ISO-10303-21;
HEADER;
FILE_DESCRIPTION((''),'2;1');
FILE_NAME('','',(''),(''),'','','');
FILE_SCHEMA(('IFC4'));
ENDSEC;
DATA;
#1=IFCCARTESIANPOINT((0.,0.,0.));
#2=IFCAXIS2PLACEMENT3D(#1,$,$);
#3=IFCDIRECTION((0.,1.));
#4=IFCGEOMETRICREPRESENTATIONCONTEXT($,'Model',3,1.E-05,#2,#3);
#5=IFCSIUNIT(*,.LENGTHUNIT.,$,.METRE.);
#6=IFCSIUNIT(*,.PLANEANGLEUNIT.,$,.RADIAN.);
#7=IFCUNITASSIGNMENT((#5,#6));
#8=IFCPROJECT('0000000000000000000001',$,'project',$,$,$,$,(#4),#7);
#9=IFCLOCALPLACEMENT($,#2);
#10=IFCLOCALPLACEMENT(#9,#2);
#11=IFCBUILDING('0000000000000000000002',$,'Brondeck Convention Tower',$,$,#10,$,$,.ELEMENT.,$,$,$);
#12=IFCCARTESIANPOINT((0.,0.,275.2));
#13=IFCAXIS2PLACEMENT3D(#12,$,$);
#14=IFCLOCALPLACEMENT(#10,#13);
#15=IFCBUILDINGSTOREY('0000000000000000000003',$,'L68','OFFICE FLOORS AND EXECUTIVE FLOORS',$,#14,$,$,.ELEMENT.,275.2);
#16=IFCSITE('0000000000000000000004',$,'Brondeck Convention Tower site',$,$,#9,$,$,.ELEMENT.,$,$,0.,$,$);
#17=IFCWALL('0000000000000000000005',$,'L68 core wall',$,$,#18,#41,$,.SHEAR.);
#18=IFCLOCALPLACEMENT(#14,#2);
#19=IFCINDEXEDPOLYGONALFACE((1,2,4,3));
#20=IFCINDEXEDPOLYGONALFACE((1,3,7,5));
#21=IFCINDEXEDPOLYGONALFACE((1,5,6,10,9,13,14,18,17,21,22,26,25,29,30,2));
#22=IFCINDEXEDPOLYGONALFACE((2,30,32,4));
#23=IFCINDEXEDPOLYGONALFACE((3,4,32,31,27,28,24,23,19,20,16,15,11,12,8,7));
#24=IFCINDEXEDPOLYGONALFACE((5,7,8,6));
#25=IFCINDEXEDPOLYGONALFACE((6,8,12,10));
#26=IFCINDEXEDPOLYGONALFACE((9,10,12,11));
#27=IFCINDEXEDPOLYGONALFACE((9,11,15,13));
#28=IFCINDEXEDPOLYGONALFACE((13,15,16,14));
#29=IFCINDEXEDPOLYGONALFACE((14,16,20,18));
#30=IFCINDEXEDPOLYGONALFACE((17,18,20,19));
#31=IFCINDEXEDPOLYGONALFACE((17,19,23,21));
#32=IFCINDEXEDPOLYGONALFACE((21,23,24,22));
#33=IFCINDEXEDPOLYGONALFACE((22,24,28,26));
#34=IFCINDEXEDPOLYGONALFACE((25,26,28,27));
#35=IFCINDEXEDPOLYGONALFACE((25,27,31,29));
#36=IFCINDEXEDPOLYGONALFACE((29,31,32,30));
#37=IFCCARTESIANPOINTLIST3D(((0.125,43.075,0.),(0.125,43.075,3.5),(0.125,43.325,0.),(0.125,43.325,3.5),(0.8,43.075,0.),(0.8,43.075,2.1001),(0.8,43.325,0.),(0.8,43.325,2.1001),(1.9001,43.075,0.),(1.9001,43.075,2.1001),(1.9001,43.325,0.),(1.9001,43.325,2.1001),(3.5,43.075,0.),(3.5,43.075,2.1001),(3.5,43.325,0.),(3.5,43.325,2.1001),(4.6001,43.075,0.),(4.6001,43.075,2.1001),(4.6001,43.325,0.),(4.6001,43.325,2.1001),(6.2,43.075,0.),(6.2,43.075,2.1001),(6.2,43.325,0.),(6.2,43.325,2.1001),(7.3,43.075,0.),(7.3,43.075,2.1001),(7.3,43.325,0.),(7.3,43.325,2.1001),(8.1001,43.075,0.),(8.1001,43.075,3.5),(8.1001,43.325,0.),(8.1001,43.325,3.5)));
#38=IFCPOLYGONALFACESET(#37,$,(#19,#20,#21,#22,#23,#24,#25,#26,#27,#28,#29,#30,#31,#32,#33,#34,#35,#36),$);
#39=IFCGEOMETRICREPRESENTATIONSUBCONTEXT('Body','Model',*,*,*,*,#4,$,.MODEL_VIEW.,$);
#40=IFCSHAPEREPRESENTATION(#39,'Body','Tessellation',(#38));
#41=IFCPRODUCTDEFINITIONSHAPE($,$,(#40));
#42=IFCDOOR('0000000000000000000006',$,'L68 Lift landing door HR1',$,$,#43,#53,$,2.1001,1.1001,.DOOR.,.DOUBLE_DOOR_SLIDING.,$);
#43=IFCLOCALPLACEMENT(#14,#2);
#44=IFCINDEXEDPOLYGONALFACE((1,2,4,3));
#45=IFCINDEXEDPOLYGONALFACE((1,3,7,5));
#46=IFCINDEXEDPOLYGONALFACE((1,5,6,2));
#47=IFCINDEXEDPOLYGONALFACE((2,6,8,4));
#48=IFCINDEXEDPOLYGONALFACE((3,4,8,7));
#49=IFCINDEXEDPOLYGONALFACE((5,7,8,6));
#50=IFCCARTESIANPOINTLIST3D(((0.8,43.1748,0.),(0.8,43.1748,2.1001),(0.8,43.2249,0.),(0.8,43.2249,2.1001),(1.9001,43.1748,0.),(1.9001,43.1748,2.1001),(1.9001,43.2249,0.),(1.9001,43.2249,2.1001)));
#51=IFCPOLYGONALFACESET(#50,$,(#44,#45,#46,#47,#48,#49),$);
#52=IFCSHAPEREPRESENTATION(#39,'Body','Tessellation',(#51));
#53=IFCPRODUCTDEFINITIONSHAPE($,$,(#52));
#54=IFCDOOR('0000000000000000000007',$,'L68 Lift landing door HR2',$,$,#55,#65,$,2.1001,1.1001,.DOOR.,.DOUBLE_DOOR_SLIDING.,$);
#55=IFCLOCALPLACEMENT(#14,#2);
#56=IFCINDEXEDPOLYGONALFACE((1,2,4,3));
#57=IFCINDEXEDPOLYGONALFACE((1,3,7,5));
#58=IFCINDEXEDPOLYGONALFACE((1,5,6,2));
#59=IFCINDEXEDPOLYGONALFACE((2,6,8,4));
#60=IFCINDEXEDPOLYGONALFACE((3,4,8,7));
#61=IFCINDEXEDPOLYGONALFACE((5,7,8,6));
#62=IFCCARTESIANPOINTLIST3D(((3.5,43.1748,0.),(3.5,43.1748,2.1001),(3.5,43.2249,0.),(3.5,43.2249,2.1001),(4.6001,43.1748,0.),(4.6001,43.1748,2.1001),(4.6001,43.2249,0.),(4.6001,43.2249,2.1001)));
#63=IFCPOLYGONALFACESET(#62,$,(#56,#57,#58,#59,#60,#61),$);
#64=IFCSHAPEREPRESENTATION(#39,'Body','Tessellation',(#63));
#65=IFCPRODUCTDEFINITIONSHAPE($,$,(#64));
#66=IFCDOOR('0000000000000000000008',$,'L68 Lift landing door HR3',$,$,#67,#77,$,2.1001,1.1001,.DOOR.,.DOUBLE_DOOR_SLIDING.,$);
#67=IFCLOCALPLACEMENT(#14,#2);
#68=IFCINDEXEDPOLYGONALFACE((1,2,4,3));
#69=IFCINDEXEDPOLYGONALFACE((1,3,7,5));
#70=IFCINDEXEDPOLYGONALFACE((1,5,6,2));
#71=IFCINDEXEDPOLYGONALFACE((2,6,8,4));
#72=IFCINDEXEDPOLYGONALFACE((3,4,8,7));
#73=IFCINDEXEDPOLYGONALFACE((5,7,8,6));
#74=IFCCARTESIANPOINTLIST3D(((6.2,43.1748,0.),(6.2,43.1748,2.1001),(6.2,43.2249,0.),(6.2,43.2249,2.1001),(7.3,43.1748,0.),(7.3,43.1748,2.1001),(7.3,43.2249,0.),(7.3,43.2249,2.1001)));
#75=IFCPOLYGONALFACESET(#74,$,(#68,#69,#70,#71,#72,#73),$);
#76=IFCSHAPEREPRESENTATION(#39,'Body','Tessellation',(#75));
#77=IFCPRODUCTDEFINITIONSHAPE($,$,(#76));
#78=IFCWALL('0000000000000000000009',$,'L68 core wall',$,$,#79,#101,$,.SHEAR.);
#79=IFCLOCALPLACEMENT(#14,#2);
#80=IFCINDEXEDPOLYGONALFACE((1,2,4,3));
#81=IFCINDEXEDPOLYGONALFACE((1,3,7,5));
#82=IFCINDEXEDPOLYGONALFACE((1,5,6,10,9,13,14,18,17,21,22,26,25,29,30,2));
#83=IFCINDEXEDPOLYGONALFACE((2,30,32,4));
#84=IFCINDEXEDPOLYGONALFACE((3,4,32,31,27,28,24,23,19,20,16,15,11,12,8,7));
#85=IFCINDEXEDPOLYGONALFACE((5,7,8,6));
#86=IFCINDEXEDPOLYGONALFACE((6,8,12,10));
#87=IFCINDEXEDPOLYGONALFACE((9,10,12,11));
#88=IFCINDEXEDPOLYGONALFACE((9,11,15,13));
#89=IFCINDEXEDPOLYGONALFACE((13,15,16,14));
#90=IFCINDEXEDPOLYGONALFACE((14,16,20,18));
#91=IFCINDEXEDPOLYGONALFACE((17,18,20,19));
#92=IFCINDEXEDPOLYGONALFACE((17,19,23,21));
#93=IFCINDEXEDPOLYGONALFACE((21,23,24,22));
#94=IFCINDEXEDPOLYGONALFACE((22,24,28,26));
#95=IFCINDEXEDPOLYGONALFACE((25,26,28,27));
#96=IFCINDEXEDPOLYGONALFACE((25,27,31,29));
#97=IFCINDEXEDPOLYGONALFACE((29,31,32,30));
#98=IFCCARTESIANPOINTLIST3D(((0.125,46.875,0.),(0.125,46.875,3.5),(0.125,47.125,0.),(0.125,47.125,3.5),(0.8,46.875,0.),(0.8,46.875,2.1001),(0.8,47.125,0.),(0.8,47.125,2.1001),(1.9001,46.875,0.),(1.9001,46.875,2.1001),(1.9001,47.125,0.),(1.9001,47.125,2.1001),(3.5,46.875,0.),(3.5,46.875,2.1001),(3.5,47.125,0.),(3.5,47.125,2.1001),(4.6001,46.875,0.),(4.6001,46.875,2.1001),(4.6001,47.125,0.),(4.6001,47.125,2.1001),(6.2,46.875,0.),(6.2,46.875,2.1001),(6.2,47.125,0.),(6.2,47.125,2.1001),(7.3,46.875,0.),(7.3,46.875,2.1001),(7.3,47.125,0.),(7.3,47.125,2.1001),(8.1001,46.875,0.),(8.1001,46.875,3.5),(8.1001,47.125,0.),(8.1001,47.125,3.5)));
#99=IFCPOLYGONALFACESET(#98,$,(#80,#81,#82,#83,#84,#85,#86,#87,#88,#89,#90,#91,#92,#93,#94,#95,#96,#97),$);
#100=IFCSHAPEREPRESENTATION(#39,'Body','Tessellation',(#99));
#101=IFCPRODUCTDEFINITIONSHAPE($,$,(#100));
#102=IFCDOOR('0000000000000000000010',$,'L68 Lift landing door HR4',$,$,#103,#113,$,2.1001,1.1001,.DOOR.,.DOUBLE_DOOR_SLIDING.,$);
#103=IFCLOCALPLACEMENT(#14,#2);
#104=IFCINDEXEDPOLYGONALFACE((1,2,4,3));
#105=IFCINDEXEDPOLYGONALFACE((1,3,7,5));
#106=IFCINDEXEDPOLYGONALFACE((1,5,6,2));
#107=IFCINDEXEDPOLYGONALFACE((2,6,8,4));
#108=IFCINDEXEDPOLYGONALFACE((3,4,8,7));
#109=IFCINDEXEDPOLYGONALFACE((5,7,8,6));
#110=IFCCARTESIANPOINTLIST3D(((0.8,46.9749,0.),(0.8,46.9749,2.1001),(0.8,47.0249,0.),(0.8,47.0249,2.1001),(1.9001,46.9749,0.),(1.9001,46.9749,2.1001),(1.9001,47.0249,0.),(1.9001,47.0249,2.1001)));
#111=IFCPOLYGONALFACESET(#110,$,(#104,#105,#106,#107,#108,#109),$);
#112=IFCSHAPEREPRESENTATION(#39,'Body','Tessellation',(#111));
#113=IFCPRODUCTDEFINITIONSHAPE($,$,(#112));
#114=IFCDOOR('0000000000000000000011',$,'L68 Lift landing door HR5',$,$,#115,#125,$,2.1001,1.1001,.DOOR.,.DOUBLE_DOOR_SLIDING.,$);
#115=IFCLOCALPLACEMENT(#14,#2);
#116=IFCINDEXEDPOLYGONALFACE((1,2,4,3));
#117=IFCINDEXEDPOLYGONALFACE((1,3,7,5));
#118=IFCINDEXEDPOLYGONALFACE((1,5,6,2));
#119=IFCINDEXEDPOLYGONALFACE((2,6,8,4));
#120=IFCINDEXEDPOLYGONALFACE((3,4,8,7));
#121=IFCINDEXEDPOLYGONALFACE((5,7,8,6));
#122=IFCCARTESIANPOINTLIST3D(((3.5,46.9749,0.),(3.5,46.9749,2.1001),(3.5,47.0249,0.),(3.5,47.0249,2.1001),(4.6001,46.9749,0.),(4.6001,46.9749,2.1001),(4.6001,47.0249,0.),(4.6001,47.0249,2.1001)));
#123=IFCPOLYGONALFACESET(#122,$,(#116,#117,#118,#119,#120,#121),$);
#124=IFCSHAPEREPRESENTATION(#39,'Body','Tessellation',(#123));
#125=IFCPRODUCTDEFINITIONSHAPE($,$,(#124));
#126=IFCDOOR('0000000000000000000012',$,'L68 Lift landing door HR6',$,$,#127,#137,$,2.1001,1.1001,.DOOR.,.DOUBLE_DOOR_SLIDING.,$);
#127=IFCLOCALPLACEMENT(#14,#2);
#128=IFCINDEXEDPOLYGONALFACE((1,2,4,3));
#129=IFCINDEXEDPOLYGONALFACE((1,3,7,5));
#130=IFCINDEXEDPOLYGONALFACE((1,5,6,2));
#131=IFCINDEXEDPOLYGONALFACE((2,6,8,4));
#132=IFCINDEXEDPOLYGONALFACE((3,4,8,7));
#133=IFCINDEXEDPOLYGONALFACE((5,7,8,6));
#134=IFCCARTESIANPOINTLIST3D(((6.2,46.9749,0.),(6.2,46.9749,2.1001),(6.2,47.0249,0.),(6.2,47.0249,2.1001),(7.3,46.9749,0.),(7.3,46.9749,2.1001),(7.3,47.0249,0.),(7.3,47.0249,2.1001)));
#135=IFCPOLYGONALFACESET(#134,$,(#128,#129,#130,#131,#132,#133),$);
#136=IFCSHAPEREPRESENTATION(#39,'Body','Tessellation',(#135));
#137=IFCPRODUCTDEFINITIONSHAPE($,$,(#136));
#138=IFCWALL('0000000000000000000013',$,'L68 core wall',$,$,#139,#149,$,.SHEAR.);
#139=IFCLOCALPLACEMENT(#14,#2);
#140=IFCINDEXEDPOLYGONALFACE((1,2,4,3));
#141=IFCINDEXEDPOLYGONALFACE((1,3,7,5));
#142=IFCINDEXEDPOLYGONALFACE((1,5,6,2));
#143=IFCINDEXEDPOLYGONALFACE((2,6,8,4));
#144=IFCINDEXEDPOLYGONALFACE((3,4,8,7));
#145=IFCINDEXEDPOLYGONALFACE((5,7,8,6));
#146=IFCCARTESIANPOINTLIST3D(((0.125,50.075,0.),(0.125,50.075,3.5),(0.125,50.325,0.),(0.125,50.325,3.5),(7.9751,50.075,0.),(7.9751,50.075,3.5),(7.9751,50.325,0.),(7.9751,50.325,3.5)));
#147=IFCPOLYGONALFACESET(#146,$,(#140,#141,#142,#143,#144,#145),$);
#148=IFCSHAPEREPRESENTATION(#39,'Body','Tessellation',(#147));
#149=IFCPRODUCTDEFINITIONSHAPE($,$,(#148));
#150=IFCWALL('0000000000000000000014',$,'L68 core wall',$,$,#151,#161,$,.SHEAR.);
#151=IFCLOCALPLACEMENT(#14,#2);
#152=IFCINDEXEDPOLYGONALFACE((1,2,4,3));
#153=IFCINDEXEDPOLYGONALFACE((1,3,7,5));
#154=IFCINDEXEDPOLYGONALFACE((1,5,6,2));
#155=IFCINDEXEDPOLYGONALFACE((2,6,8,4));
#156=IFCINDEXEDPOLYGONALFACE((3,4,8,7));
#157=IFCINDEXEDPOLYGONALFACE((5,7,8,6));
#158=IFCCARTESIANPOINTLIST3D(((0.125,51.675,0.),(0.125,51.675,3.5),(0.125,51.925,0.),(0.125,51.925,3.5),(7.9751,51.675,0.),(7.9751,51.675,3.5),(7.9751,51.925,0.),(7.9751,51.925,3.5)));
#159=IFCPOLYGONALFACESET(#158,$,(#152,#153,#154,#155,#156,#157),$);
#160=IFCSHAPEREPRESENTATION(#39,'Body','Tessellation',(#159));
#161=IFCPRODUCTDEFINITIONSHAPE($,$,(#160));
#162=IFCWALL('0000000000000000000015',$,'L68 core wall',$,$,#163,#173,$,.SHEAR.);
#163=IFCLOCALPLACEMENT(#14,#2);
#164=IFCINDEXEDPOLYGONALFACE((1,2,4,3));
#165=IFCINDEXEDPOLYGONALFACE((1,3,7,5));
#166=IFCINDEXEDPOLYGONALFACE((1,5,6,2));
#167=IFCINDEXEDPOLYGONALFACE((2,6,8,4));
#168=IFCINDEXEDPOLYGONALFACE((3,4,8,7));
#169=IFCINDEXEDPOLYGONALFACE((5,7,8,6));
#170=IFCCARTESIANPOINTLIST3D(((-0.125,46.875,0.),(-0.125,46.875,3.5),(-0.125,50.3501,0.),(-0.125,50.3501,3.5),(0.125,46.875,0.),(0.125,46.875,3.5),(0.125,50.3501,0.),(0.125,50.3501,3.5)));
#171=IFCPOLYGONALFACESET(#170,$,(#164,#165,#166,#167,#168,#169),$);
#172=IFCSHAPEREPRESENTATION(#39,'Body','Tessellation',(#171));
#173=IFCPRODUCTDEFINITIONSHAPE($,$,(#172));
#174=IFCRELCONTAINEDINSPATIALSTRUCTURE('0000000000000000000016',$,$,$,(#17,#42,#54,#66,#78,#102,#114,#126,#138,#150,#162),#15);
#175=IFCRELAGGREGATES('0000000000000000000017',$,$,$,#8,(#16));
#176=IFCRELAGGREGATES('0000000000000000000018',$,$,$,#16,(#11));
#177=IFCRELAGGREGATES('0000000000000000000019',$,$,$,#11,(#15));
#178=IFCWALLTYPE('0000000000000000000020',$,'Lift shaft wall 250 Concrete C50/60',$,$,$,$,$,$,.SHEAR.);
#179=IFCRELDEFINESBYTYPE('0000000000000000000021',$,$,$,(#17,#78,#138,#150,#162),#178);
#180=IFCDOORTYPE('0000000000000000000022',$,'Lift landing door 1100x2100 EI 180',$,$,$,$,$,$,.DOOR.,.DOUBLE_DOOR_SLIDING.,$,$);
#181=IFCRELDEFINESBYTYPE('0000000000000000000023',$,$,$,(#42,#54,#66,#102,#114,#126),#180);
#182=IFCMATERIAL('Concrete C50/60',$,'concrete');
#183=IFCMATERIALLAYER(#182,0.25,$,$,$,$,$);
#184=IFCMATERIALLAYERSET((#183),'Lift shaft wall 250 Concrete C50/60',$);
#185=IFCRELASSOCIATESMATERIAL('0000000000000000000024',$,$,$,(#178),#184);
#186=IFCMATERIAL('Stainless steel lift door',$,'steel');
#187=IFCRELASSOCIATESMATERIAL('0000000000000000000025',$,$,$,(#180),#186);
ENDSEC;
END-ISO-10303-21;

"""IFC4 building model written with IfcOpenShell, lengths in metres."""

from ifc_helpers import new_model, si_unit, direction, frame, frame_2d, origin, place, context, subcontext, project, spatial, rectangle, extrude, material, layer, layer_set, type_object, element, fill, save


model = new_model("IFC4")

# Units and contexts
model_context = context("Model", 3, precision=1e-05, world=origin(), true_north=direction((0.0, 1.0)))
body_context = subcontext(model_context, "Body", "Model", "MODEL_VIEW")
ifc_project = project(units=[si_unit("LENGTHUNIT", "METRE"), si_unit("PLANEANGLEUNIT", "RADIAN")], contexts=[model_context])

# Site, building, storey
site_placement = place(None, origin())
site = spatial("IfcSite", under=ifc_project, at=site_placement, Name="Brondeck Convention Tower site", CompositionType="ELEMENT", RefElevation=0.0)
building_placement = place(site_placement, origin())
building = spatial("IfcBuilding", under=site, at=building_placement, Name="Brondeck Convention Tower", CompositionType="ELEMENT")
storey_placement = place(building_placement, frame((0.0, 0.0, 275.2)))
storey = spatial("IfcBuildingStorey", under=building, at=storey_placement, Name="L68", Description="OFFICE FLOORS AND EXECUTIVE FLOORS", CompositionType="ELEMENT", Elevation=275.2)

# Shared definitions
ifc_material_1 = material(Name="Concrete C50/60", Category="concrete")

# Walls, openings, doors
ifc_layer_1 = layer(ifc_material_1, 0.25)
ifc_layer_set_1 = layer_set([ifc_layer_1], Name="Lift shaft wall 250 Concrete C50/60")
wall_type_1 = type_object("IfcWallType", Name="Lift shaft wall 250 Concrete C50/60", PredefinedType="SHEAR", material=ifc_layer_set_1)
wall_1_placement = place(storey_placement, frame((0.125, 43.2, 0.0), z_axis=(0.0, 0.0, 1.0), x_axis=(1.0, 0.0, 0.0)))
wall_1 = element("IfcWall", 1, at=wall_1_placement, inside=storey, type_object=wall_type_1, Name="L68 core wall", PredefinedType="SHEAR", context=body_context, shape_type="SweptSolid", body=[
    extrude(rectangle(XDim=7.9751, YDim=0.25, at=frame_2d((3.9875, 0.0))), origin(), (0.0, 0.0, 1.0), 3.5),
])
opening_1_placement = place(wall_1_placement, frame((0.675, 0.0, 0.0)))
opening_1 = element("IfcOpeningElement", 2, at=opening_1_placement, cuts=wall_1, PredefinedType="OPENING", context=body_context, shape_type="SweptSolid", body=[
    extrude(rectangle(XDim=1.1001, YDim=2.1001, at=frame_2d((0.55, 1.05))), frame((0.0, 0.135, 0.0), z_axis=(0.0, -1.0, 0.0), x_axis=(1.0, 0.0, 0.0)), (0.0, 0.0, 1.0), 0.27),
])
opening_2_placement = place(wall_1_placement, frame((3.375, 0.0, 0.0)))
opening_2 = element("IfcOpeningElement", 3, at=opening_2_placement, cuts=wall_1, PredefinedType="OPENING", context=body_context, shape_type="SweptSolid", body=[
    extrude(rectangle(XDim=1.1001, YDim=2.1001, at=frame_2d((0.55, 1.05))), frame((0.0, 0.135, 0.0), z_axis=(0.0, -1.0, 0.0), x_axis=(1.0, 0.0, 0.0)), (0.0, 0.0, 1.0), 0.27),
])
opening_3_placement = place(wall_1_placement, frame((6.075, 0.0, 0.0)))
opening_3 = element("IfcOpeningElement", 4, at=opening_3_placement, cuts=wall_1, PredefinedType="OPENING", context=body_context, shape_type="SweptSolid", body=[
    extrude(rectangle(XDim=1.1001, YDim=2.1001, at=frame_2d((0.55, 1.05))), frame((0.0, 0.135, 0.0), z_axis=(0.0, -1.0, 0.0), x_axis=(1.0, 0.0, 0.0)), (0.0, 0.0, 1.0), 0.27),
])
ifc_material_2 = material(Name="Stainless steel lift door", Category="steel")
door_type_1 = type_object("IfcDoorType", Name="Lift landing door 1100x2100 EI 180", OperationType="DOUBLE_DOOR_SLIDING", PredefinedType="DOOR", material=ifc_material_2)
door_1_placement = place(opening_1_placement, origin())
door_1 = element("IfcDoor", 5, at=door_1_placement, inside=storey, type_object=door_type_1, Name="L68 Lift landing door HR1", OperationType="DOUBLE_DOOR_SLIDING", OverallHeight=2.1001, OverallWidth=1.1001, PredefinedType="DOOR", context=body_context, shape_type="SweptSolid", body=[
    extrude(rectangle(XDim=1.1001, YDim=2.1001, at=frame_2d((0.55, 1.05))), frame((0.0, 0.0249, 0.0), z_axis=(0.0, -1.0, 0.0), x_axis=(1.0, 0.0, 0.0)), (0.0, 0.0, 1.0), 0.05),
])
fill(opening_1, door_1)
door_2_placement = place(opening_2_placement, origin())
door_2 = element("IfcDoor", 6, at=door_2_placement, inside=storey, type_object=door_type_1, Name="L68 Lift landing door HR2", OperationType="DOUBLE_DOOR_SLIDING", OverallHeight=2.1001, OverallWidth=1.1001, PredefinedType="DOOR", context=body_context, shape_type="SweptSolid", body=[
    extrude(rectangle(XDim=1.1001, YDim=2.1001, at=frame_2d((0.55, 1.05))), frame((0.0, 0.0249, 0.0), z_axis=(0.0, -1.0, 0.0), x_axis=(1.0, 0.0, 0.0)), (0.0, 0.0, 1.0), 0.05),
])
fill(opening_2, door_2)
door_3_placement = place(opening_3_placement, origin())
door_3 = element("IfcDoor", 7, at=door_3_placement, inside=storey, type_object=door_type_1, Name="L68 Lift landing door HR3", OperationType="DOUBLE_DOOR_SLIDING", OverallHeight=2.1001, OverallWidth=1.1001, PredefinedType="DOOR", context=body_context, shape_type="SweptSolid", body=[
    extrude(rectangle(XDim=1.1001, YDim=2.1001, at=frame_2d((0.55, 1.05))), frame((0.0, 0.0249, 0.0), z_axis=(0.0, -1.0, 0.0), x_axis=(1.0, 0.0, 0.0)), (0.0, 0.0, 1.0), 0.05),
])
fill(opening_3, door_3)
wall_2_placement = place(storey_placement, frame((0.125, 47.0, 0.0), z_axis=(0.0, 0.0, 1.0), x_axis=(1.0, 0.0, 0.0)))
wall_2 = element("IfcWall", 8, at=wall_2_placement, inside=storey, type_object=wall_type_1, Name="L68 core wall", PredefinedType="SHEAR", context=body_context, shape_type="SweptSolid", body=[
    extrude(rectangle(XDim=7.9751, YDim=0.25, at=frame_2d((3.9875, 0.0))), origin(), (0.0, 0.0, 1.0), 3.5),
])
opening_4_placement = place(wall_2_placement, frame((0.675, 0.0, 0.0)))
opening_4 = element("IfcOpeningElement", 9, at=opening_4_placement, cuts=wall_2, PredefinedType="OPENING", context=body_context, shape_type="SweptSolid", body=[
    extrude(rectangle(XDim=1.1001, YDim=2.1001, at=frame_2d((0.55, 1.05))), frame((0.0, 0.135, 0.0), z_axis=(0.0, -1.0, 0.0), x_axis=(1.0, 0.0, 0.0)), (0.0, 0.0, 1.0), 0.27),
])
opening_5_placement = place(wall_2_placement, frame((3.375, 0.0, 0.0)))
opening_5 = element("IfcOpeningElement", 10, at=opening_5_placement, cuts=wall_2, PredefinedType="OPENING", context=body_context, shape_type="SweptSolid", body=[
    extrude(rectangle(XDim=1.1001, YDim=2.1001, at=frame_2d((0.55, 1.05))), frame((0.0, 0.135, 0.0), z_axis=(0.0, -1.0, 0.0), x_axis=(1.0, 0.0, 0.0)), (0.0, 0.0, 1.0), 0.27),
])
opening_6_placement = place(wall_2_placement, frame((6.075, 0.0, 0.0)))
opening_6 = element("IfcOpeningElement", 11, at=opening_6_placement, cuts=wall_2, PredefinedType="OPENING", context=body_context, shape_type="SweptSolid", body=[
    extrude(rectangle(XDim=1.1001, YDim=2.1001, at=frame_2d((0.55, 1.05))), frame((0.0, 0.135, 0.0), z_axis=(0.0, -1.0, 0.0), x_axis=(1.0, 0.0, 0.0)), (0.0, 0.0, 1.0), 0.27),
])
door_4_placement = place(opening_4_placement, origin())
door_4 = element("IfcDoor", 12, at=door_4_placement, inside=storey, type_object=door_type_1, Name="L68 Lift landing door HR4", OperationType="DOUBLE_DOOR_SLIDING", OverallHeight=2.1001, OverallWidth=1.1001, PredefinedType="DOOR", context=body_context, shape_type="SweptSolid", body=[
    extrude(rectangle(XDim=1.1001, YDim=2.1001, at=frame_2d((0.55, 1.05))), frame((0.0, 0.0249, 0.0), z_axis=(0.0, -1.0, 0.0), x_axis=(1.0, 0.0, 0.0)), (0.0, 0.0, 1.0), 0.05),
])
fill(opening_4, door_4)
door_5_placement = place(opening_5_placement, origin())
door_5 = element("IfcDoor", 13, at=door_5_placement, inside=storey, type_object=door_type_1, Name="L68 Lift landing door HR5", OperationType="DOUBLE_DOOR_SLIDING", OverallHeight=2.1001, OverallWidth=1.1001, PredefinedType="DOOR", context=body_context, shape_type="SweptSolid", body=[
    extrude(rectangle(XDim=1.1001, YDim=2.1001, at=frame_2d((0.55, 1.05))), frame((0.0, 0.0249, 0.0), z_axis=(0.0, -1.0, 0.0), x_axis=(1.0, 0.0, 0.0)), (0.0, 0.0, 1.0), 0.05),
])
fill(opening_5, door_5)
door_6_placement = place(opening_6_placement, origin())
door_6 = element("IfcDoor", 14, at=door_6_placement, inside=storey, type_object=door_type_1, Name="L68 Lift landing door HR6", OperationType="DOUBLE_DOOR_SLIDING", OverallHeight=2.1001, OverallWidth=1.1001, PredefinedType="DOOR", context=body_context, shape_type="SweptSolid", body=[
    extrude(rectangle(XDim=1.1001, YDim=2.1001, at=frame_2d((0.55, 1.05))), frame((0.0, 0.0249, 0.0), z_axis=(0.0, -1.0, 0.0), x_axis=(1.0, 0.0, 0.0)), (0.0, 0.0, 1.0), 0.05),
])
fill(opening_6, door_6)

# Walls
for number, where, z_axis, x_axis, name in (
    (15, (0.125, 50.2, 0.0), (0.0, 0.0, 1.0), (1.0, 0.0, 0.0), "L68 core wall"),
    (16, (0.125, 51.8, 0.0), (0.0, 0.0, 1.0), (1.0, 0.0, 0.0), "L68 core wall"),
):
    element("IfcWall", number, at=place(storey_placement, frame(where, z_axis=z_axis, x_axis=x_axis)), inside=storey, type_object=wall_type_1, Name=name, PredefinedType="SHEAR", context=body_context, shape_type="SweptSolid", body=[
        extrude(rectangle(XDim=7.8501, YDim=0.25, at=frame_2d((3.925, 0.0))), origin(), (0.0, 0.0, 1.0), 3.5),
    ])
wall_3_placement = place(storey_placement, frame((0.0, 46.875, 0.0), z_axis=(0.0, 0.0, 1.0), x_axis=(0.0, 1.0, 0.0)))
element("IfcWall", 17, at=wall_3_placement, inside=storey, type_object=wall_type_1, Name="L68 core wall", PredefinedType="SHEAR", context=body_context, shape_type="SweptSolid", body=[
    extrude(rectangle(XDim=3.4751, YDim=0.25, at=frame_2d((1.7375, 0.0))), origin(), (0.0, 0.0, 1.0), 3.5),
])

save(model, "model.ifc")
